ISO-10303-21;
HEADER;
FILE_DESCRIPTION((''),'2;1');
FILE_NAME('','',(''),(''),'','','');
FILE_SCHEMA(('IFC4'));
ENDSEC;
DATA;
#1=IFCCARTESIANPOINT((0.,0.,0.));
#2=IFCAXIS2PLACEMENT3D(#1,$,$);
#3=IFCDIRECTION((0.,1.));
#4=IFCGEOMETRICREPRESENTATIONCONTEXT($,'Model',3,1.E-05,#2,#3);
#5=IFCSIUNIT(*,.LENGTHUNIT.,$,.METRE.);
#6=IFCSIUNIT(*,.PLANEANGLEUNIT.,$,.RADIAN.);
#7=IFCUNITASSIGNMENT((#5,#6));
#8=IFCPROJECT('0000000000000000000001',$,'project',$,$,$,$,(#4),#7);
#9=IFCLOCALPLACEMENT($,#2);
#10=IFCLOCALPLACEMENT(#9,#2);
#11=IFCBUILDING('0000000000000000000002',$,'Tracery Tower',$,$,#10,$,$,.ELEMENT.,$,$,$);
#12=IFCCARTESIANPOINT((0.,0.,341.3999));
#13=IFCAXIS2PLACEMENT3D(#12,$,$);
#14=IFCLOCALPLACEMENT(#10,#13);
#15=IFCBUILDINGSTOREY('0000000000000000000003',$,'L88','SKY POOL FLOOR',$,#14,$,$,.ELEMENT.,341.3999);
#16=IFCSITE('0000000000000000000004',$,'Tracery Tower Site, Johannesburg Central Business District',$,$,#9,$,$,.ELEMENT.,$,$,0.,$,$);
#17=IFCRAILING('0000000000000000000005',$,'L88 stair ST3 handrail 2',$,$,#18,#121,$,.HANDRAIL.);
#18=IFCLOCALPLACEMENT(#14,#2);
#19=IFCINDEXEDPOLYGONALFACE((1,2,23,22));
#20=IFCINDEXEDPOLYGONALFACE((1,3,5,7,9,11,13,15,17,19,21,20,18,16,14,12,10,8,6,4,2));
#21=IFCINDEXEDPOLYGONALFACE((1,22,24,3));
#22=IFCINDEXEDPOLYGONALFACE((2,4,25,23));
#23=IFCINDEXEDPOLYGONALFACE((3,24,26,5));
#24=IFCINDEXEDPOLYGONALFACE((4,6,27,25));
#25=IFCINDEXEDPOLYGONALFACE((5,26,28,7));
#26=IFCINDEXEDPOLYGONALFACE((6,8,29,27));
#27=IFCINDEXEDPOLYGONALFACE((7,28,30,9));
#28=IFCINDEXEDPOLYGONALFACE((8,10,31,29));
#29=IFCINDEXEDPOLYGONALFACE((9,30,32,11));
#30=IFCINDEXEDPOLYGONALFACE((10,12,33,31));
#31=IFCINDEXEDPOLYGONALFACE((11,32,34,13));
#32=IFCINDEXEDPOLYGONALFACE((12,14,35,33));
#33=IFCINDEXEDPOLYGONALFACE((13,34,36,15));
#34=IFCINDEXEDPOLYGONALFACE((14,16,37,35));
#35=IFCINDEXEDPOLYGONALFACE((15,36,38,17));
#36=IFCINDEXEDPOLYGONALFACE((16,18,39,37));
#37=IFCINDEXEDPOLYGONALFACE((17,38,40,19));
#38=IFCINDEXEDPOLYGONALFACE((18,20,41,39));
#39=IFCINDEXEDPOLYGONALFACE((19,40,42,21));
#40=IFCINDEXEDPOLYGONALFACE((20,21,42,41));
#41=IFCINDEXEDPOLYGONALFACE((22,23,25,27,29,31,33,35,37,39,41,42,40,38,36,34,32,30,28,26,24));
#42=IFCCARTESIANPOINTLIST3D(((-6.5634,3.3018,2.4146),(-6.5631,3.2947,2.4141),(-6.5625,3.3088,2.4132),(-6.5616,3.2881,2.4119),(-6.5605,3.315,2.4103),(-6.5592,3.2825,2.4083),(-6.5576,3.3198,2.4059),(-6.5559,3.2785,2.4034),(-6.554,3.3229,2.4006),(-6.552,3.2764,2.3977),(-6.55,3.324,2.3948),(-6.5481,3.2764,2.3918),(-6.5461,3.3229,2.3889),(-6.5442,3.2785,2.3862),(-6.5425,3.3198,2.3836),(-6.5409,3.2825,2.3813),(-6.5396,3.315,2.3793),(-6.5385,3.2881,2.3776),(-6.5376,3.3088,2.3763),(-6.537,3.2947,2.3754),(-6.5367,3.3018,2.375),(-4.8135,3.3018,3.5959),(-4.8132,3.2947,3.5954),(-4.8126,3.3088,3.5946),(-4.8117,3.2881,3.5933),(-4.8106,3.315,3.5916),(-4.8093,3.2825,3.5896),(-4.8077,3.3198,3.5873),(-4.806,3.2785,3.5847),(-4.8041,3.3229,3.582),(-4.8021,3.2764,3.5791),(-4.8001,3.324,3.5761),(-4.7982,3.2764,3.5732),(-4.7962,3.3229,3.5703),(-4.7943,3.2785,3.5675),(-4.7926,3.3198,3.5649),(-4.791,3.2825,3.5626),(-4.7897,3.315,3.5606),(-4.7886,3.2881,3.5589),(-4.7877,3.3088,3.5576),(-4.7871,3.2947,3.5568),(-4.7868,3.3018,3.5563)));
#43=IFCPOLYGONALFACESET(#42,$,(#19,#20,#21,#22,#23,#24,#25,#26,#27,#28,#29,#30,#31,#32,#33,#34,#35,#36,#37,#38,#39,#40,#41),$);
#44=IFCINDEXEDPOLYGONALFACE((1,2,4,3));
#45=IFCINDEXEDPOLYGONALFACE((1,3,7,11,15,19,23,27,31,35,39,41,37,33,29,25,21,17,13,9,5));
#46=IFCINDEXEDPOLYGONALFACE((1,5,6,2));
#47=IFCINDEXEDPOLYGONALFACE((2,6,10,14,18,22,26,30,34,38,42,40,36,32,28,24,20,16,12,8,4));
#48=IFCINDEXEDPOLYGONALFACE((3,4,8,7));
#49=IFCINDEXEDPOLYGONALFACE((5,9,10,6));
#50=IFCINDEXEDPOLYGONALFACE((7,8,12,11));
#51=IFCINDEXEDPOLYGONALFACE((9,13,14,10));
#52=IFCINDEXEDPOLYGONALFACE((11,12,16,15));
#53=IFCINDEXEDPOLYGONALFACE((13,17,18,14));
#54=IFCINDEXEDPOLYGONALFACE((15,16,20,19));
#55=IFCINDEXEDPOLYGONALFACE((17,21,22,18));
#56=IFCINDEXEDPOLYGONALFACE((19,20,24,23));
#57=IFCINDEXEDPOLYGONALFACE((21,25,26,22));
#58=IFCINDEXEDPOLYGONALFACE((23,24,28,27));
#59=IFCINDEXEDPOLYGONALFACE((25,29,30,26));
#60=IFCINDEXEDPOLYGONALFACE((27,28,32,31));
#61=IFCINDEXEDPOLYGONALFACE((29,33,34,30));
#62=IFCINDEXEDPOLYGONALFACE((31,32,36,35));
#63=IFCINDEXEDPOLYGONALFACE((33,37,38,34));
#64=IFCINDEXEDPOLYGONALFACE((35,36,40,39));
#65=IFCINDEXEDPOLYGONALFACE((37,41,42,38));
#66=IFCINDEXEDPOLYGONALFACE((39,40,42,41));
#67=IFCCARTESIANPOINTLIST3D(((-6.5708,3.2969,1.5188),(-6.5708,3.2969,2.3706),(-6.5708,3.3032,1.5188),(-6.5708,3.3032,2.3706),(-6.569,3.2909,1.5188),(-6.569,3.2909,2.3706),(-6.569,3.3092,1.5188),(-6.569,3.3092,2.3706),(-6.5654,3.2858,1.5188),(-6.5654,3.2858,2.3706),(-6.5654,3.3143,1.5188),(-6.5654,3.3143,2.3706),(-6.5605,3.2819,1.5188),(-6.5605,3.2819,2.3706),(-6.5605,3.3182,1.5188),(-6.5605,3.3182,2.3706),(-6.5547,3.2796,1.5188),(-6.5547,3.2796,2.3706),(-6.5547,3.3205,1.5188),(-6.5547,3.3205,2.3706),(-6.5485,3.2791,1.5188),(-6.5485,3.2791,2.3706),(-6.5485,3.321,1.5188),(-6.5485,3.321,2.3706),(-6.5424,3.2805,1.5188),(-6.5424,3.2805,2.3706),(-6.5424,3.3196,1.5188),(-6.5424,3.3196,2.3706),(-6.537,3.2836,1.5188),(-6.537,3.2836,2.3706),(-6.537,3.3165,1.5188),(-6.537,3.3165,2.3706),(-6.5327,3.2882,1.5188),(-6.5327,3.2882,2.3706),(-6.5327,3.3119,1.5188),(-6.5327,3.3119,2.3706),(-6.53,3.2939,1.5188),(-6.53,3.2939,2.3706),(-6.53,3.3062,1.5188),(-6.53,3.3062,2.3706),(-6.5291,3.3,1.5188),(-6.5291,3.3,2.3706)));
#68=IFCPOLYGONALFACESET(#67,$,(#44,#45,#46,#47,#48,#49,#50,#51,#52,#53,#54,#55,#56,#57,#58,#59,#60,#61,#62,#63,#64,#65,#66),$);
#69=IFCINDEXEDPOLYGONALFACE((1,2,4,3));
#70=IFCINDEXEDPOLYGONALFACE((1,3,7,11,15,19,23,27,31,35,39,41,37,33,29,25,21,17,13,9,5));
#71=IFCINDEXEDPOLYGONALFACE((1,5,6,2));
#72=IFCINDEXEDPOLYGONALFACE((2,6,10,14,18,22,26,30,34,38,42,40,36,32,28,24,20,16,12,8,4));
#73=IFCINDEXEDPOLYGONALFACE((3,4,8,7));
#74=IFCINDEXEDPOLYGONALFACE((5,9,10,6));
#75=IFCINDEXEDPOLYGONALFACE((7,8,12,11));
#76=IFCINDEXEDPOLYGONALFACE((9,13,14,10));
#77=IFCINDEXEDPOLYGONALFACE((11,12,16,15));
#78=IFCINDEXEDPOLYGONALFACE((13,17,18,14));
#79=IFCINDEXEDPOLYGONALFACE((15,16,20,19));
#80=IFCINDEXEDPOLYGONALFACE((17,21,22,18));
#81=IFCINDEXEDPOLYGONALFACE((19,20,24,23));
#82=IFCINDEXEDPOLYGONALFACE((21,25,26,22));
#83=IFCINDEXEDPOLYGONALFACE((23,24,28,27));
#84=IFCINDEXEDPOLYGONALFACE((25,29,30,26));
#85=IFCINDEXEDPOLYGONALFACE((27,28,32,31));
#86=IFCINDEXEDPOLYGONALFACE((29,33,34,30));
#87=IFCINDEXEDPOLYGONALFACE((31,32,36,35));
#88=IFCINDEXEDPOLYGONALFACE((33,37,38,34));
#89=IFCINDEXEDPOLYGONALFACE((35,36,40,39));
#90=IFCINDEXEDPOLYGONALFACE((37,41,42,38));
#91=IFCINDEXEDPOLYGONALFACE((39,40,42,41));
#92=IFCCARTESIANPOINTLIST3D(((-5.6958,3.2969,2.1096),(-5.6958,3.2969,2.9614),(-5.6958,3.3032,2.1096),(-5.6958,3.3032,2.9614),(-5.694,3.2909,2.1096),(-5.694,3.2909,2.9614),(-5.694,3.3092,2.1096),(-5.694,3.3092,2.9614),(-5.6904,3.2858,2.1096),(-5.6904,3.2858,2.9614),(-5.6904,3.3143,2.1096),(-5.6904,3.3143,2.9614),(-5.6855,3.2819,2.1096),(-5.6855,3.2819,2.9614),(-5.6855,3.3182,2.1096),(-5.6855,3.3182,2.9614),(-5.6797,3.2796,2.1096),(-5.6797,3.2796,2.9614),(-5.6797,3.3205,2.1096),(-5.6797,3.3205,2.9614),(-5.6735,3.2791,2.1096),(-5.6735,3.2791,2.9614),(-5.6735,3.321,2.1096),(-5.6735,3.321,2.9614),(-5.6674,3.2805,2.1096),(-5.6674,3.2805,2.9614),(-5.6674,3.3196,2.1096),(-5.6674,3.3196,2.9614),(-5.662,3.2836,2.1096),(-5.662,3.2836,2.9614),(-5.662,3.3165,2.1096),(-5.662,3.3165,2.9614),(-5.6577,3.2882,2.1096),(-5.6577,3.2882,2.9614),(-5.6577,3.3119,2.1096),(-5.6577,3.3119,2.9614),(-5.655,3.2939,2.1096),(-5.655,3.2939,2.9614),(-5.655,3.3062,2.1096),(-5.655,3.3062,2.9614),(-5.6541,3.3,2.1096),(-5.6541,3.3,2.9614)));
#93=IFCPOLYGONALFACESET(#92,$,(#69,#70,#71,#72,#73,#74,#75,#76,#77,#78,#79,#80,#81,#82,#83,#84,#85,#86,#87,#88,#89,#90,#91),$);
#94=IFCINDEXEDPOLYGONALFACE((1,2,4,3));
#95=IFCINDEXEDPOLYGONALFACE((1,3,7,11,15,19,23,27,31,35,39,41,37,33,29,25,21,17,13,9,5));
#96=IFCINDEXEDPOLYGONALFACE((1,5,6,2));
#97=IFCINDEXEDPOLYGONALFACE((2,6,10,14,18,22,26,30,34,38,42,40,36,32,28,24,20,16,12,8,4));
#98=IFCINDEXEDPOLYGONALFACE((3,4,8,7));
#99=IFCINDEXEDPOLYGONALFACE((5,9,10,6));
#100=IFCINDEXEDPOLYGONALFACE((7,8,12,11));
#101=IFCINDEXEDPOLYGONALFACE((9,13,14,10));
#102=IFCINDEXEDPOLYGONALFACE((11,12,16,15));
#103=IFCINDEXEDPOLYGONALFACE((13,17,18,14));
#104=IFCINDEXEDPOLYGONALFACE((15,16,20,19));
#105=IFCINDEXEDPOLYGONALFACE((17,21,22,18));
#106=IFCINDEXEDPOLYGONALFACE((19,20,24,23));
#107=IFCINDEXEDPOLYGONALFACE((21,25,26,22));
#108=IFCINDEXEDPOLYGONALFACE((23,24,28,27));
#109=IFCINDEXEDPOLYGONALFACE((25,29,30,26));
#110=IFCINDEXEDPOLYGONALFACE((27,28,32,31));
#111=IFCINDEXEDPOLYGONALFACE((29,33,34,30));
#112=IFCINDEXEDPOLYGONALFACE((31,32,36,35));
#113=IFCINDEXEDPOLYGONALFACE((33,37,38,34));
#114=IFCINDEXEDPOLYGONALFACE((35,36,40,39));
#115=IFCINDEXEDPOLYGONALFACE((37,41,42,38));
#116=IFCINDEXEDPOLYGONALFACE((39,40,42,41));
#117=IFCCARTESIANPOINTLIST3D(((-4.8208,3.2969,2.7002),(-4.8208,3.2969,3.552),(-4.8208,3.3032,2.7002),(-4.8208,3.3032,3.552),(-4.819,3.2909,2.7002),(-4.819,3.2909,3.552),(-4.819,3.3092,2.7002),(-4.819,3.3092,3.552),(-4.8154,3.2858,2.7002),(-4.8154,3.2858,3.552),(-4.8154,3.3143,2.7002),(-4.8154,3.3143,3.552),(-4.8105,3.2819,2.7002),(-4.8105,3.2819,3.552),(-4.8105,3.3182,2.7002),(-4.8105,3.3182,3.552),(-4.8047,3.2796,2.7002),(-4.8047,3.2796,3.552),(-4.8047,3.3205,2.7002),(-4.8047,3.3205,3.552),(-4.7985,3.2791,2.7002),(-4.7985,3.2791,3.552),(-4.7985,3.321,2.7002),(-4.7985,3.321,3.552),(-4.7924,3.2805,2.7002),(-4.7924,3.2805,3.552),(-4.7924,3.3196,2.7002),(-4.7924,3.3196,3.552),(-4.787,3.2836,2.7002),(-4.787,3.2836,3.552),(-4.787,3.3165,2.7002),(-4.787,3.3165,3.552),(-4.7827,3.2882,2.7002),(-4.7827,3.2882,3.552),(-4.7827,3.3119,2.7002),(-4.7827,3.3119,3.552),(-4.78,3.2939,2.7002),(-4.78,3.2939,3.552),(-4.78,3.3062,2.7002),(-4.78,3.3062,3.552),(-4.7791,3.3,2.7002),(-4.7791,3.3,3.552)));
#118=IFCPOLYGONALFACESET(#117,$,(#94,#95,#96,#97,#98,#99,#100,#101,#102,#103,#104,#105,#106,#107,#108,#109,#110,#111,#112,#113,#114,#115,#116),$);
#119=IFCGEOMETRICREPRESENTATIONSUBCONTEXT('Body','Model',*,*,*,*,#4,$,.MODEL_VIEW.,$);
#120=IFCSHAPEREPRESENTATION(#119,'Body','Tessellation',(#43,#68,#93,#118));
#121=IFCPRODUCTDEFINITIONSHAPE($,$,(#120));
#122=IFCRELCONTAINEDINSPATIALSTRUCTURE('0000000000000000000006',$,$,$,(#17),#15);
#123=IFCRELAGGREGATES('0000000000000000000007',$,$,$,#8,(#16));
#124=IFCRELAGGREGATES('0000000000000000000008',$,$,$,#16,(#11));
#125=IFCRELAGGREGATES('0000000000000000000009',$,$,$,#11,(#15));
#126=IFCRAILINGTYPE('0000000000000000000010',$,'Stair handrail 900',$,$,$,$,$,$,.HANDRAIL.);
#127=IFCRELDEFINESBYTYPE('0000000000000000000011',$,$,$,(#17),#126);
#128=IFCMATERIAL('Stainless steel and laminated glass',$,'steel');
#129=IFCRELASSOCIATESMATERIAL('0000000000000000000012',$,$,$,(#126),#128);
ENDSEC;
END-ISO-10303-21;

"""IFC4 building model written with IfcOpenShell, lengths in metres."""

from ifc_helpers import new_model, si_unit, direction, frame, origin, origin_2d, place, context, subcontext, project, spatial, circle, extrude, material, type_object, element, save


model = new_model("IFC4")

# Units and contexts
model_context = context("Model", 3, precision=1e-05, world=origin(), true_north=direction((0.0, 1.0)))
body_context = subcontext(model_context, "Body", "Model", "MODEL_VIEW")
ifc_project = project(units=[si_unit("LENGTHUNIT", "METRE"), si_unit("PLANEANGLEUNIT", "RADIAN")], contexts=[model_context])

# Site, building, storey
site_placement = place(None, origin())
site = spatial("IfcSite", under=ifc_project, at=site_placement, Name="Tracery Tower Site, Johannesburg Central Business District", CompositionType="ELEMENT", RefElevation=0.0)
building_placement = place(site_placement, origin())
building = spatial("IfcBuilding", under=site, at=building_placement, Name="Tracery Tower", CompositionType="ELEMENT")
storey_placement = place(building_placement, frame((0.0, 0.0, 341.3999)))
storey = spatial("IfcBuildingStorey", under=building, at=storey_placement, Name="L88", Description="SKY POOL FLOOR", CompositionType="ELEMENT", Elevation=341.3999)

# Railing
ifc_material_1 = material(Name="Stainless steel and laminated glass", Category="steel")
railing_type_1 = type_object("IfcRailingType", Name="Stair handrail 900", PredefinedType="HANDRAIL", material=ifc_material_1)
railing_1_placement = place(storey_placement, frame((-6.55, 3.3, 1.5188)))
element("IfcRailing", 1, at=railing_1_placement, inside=storey, type_object=railing_type_1, Name="L88 stair ST3 handrail 2", PredefinedType="HANDRAIL", context=body_context, shape_type="SweptSolid", body=[
    extrude(circle(Radius=0.0239, at=origin_2d()), frame((0.0, 0.0, 0.876), z_axis=(0.828817, 0.0, 0.559521), x_axis=(0.0, 1.0, 0.0)), (0.0, 0.0, 1.0), 2.1113),
    extrude(circle(Radius=0.021, at=origin_2d()), origin(), (0.0, 0.0, 1.0), 0.8518),
    extrude(circle(Radius=0.021, at=origin_2d()), frame((0.875, 0.0, 0.5908)), (0.0, 0.0, 1.0), 0.8518),
    extrude(circle(Radius=0.021, at=origin_2d()), frame((1.75, 0.0, 1.1814)), (0.0, 0.0, 1.0), 0.8518),
])

save(model, "model.ifc")
